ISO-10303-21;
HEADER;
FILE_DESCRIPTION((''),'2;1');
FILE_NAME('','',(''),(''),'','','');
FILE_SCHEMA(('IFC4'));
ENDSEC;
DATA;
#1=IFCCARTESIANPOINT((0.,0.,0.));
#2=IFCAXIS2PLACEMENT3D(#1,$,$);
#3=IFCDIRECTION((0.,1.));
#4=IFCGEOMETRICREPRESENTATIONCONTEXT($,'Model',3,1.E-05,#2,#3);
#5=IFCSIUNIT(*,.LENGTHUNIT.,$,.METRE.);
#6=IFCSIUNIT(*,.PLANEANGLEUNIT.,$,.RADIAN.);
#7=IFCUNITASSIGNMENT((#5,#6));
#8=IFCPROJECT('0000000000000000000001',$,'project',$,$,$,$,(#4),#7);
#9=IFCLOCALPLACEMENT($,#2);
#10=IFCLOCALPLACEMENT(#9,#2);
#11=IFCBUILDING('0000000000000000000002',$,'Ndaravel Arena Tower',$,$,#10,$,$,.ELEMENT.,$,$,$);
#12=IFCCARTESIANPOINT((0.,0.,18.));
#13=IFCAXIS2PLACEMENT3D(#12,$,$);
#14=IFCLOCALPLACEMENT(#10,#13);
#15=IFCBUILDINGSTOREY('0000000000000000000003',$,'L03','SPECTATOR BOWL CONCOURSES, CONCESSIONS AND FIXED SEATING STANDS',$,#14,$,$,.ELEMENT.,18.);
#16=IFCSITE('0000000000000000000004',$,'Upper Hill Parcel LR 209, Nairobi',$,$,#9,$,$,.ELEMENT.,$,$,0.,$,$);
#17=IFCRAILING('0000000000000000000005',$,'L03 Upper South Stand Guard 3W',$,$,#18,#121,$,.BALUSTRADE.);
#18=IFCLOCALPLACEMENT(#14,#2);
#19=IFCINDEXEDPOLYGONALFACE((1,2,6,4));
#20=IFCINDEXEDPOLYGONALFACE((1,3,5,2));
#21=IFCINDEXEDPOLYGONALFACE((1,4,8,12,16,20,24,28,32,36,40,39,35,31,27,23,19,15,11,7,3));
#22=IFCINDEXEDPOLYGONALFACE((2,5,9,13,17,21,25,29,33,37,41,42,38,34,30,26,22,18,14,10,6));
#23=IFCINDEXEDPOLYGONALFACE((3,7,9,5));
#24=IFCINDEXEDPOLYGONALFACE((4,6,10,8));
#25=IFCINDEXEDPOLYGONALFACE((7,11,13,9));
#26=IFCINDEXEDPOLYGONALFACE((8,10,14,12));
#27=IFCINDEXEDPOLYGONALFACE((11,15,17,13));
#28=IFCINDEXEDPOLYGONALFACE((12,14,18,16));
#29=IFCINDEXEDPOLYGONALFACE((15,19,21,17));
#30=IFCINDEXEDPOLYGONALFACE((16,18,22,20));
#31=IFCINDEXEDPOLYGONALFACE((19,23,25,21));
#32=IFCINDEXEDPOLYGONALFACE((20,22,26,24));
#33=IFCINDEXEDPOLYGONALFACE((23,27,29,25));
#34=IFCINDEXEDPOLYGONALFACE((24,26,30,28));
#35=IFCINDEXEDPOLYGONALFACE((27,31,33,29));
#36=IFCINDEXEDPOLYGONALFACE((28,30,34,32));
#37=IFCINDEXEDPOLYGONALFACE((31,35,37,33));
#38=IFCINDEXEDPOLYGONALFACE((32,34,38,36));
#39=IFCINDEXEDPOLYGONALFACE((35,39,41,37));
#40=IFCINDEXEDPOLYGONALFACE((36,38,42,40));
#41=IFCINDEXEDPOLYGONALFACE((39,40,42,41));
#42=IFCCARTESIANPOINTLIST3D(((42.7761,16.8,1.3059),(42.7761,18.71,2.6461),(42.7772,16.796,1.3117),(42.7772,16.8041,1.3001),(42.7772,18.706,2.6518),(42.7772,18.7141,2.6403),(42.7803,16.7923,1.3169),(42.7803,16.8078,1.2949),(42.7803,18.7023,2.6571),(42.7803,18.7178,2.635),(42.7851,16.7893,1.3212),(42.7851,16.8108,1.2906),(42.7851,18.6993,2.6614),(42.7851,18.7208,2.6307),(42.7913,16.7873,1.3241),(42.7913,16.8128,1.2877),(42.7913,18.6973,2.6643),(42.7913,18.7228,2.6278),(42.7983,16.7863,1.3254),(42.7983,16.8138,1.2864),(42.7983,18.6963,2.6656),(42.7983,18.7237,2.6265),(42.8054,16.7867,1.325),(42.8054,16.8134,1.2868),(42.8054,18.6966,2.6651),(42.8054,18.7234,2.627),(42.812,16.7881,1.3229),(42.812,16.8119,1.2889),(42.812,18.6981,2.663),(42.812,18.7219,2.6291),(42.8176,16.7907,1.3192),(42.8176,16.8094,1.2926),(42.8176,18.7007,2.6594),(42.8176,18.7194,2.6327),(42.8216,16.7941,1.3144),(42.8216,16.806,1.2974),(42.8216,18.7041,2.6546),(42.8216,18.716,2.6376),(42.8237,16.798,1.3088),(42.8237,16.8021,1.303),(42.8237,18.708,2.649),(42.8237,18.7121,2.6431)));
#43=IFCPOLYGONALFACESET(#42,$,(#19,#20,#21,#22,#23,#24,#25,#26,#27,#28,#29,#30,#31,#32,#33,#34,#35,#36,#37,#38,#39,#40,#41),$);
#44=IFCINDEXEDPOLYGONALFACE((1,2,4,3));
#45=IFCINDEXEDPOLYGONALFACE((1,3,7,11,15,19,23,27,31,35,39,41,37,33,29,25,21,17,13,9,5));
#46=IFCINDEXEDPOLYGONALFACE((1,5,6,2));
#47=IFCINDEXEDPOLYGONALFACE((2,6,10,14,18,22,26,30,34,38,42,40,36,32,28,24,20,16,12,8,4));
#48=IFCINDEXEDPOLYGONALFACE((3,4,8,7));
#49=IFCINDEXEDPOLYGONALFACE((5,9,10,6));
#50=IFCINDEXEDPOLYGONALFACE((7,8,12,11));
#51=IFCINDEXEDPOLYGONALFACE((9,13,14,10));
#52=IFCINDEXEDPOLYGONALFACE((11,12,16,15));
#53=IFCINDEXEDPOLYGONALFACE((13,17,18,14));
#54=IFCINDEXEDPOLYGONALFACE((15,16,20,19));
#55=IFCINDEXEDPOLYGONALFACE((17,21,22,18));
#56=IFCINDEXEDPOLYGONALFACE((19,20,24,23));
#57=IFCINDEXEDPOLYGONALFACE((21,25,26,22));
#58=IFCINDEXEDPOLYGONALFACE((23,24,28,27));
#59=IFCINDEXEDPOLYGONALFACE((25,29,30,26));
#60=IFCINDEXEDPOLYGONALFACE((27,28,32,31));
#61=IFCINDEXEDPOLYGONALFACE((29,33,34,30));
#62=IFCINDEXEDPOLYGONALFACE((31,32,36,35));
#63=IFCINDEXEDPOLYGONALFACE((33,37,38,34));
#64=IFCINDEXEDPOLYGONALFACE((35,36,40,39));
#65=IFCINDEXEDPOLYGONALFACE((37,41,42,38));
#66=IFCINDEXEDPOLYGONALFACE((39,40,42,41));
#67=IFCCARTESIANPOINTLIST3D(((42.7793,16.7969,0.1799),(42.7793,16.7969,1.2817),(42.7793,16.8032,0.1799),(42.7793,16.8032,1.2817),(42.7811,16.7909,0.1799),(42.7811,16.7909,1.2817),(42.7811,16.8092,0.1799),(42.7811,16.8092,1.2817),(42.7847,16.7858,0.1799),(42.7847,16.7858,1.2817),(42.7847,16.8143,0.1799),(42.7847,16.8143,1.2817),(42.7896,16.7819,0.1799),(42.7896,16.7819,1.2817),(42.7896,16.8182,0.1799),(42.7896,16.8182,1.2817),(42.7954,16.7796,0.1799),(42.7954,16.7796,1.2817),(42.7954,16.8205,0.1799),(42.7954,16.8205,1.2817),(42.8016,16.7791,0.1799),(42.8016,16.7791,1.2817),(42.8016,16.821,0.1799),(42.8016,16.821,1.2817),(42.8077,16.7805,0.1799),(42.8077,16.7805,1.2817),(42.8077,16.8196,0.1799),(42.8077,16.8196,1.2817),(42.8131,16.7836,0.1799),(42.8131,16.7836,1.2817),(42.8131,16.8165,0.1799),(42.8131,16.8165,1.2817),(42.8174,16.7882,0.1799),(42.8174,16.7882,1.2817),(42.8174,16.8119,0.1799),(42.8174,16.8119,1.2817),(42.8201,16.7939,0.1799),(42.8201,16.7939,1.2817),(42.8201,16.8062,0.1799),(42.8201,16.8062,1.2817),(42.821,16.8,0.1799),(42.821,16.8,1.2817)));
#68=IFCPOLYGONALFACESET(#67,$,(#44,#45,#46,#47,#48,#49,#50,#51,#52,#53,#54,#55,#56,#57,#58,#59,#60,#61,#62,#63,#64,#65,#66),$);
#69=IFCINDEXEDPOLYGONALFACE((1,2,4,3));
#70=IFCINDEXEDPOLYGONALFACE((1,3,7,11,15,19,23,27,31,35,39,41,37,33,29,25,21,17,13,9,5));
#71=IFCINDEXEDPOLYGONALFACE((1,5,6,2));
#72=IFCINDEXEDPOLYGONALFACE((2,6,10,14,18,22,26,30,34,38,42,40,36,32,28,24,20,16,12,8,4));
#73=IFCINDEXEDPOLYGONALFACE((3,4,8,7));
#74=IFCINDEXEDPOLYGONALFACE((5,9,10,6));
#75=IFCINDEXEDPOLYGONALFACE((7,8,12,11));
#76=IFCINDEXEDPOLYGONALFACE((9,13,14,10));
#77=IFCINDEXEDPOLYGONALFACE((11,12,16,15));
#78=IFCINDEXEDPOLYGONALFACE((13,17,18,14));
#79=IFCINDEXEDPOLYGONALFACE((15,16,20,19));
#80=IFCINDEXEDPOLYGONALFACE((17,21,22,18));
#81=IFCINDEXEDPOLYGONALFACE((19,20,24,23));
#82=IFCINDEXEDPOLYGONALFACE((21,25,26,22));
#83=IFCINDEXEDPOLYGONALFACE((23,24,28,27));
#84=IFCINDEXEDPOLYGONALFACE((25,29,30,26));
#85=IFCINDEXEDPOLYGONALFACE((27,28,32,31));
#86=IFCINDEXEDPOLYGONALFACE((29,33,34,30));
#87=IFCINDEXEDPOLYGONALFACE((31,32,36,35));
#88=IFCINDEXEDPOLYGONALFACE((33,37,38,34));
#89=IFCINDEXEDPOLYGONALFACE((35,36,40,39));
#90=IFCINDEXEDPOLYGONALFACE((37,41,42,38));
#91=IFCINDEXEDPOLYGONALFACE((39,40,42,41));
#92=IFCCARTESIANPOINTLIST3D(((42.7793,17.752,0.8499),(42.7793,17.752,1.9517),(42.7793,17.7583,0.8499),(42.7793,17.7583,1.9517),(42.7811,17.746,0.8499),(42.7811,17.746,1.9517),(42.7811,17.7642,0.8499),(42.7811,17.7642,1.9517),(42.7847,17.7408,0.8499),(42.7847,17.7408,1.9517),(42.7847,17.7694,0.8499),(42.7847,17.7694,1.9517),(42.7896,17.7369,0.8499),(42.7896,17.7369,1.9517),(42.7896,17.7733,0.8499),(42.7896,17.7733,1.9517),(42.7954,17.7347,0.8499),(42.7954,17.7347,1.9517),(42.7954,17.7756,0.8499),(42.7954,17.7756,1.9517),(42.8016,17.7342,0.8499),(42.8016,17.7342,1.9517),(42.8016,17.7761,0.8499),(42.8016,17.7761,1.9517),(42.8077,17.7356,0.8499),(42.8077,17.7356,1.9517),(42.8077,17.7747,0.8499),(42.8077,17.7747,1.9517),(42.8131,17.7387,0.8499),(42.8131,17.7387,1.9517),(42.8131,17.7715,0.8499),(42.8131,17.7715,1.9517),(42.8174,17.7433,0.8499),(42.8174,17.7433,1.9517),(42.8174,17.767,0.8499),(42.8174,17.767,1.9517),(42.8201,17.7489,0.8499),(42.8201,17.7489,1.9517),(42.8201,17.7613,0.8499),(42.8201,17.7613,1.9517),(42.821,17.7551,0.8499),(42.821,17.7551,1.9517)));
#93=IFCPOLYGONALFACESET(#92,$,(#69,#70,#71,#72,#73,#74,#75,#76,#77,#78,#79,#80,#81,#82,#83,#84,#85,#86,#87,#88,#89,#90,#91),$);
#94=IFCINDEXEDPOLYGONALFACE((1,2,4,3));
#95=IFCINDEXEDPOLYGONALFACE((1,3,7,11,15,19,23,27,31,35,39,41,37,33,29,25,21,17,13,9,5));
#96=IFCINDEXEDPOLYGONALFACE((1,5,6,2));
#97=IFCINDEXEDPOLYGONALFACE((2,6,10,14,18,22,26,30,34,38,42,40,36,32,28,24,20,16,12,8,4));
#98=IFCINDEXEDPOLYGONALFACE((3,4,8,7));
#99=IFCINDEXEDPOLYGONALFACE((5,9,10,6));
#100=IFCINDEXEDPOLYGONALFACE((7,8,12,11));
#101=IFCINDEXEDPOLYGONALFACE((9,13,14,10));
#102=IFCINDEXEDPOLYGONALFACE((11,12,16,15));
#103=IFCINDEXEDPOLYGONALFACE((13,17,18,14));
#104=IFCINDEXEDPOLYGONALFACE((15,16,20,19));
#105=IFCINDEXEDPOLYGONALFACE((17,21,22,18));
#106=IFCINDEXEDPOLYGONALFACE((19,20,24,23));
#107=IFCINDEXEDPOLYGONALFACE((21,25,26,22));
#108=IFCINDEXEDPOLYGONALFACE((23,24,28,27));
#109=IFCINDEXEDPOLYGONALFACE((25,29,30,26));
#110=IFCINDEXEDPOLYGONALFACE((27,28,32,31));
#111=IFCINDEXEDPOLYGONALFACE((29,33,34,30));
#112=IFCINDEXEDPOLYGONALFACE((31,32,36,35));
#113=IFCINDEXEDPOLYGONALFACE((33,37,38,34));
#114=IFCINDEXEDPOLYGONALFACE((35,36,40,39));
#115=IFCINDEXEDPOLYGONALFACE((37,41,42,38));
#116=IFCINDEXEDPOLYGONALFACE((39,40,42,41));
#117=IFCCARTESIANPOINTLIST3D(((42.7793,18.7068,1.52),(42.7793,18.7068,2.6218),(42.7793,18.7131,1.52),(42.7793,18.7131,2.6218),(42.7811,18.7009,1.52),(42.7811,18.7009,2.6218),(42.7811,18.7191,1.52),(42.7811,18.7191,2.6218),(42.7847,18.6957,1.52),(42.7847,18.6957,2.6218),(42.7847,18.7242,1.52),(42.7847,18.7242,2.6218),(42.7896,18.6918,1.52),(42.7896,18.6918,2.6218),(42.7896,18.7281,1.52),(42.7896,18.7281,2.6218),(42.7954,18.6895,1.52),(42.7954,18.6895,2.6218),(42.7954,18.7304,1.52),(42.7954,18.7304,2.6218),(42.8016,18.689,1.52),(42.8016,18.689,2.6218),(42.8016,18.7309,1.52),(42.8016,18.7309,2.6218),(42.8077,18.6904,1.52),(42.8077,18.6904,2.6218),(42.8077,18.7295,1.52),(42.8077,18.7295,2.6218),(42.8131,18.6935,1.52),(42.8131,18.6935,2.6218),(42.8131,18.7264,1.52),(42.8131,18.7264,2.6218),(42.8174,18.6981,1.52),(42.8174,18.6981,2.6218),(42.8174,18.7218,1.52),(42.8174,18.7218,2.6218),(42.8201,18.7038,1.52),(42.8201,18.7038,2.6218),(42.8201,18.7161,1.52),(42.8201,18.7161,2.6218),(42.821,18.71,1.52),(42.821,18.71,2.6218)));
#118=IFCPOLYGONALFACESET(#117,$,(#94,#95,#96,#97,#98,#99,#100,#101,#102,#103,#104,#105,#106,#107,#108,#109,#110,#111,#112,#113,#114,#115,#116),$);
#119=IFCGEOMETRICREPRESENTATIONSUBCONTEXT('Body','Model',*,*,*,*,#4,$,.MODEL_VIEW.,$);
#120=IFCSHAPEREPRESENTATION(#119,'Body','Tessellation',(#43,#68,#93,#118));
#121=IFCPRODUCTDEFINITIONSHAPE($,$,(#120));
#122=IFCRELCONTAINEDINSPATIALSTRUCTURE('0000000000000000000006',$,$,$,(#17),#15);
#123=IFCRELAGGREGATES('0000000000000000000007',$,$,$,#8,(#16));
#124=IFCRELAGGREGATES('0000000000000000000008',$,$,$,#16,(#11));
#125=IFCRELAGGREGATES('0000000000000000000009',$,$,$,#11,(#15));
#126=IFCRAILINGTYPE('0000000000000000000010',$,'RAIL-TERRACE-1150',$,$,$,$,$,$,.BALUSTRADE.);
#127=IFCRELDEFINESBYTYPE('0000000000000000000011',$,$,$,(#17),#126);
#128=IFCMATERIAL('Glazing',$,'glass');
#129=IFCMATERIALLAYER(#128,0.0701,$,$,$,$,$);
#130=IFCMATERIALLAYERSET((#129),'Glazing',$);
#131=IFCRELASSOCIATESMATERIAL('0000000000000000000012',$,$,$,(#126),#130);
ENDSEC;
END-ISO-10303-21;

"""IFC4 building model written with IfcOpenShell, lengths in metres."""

from ifc_helpers import new_model, si_unit, direction, frame, origin, origin_2d, place, context, subcontext, project, spatial, circle, extrude, material, layer, layer_set, type_object, element, save


model = new_model("IFC4")

# Units and contexts
model_context = context("Model", 3, precision=1e-05, world=origin(), true_north=direction((0.0, 1.0)))
body_context = subcontext(model_context, "Body", "Model", "MODEL_VIEW")
ifc_project = project(units=[si_unit("LENGTHUNIT", "METRE"), si_unit("PLANEANGLEUNIT", "RADIAN")], contexts=[model_context])

# Site, building, storey
site_placement = place(None, origin())
site = spatial("IfcSite", under=ifc_project, at=site_placement, Name="Upper Hill Parcel LR 209, Nairobi", CompositionType="ELEMENT", RefElevation=0.0)
building_placement = place(site_placement, origin())
building = spatial("IfcBuilding", under=site, at=building_placement, Name="Ndaravel Arena Tower", CompositionType="ELEMENT")
storey_placement = place(building_placement, frame((0.0, 0.0, 18.0)))
storey = spatial("IfcBuildingStorey", under=building, at=storey_placement, Name="L03", Description="SPECTATOR BOWL CONCOURSES, CONCESSIONS AND FIXED SEATING STANDS", CompositionType="ELEMENT", Elevation=18.0)

# Railing
ifc_material_1 = material(Name="Glazing", Category="glass")
ifc_layer_1 = layer(ifc_material_1, 0.0701)
ifc_layer_set_1 = layer_set([ifc_layer_1], Name="Glazing")
railing_type = type_object("IfcRailingType", Name="RAIL-TERRACE-1150", PredefinedType="BALUSTRADE", material=ifc_layer_set_1)
railing_1_placement = place(storey_placement, frame((42.8, 16.8, 0.1799)))
element("IfcRailing", 1, at=railing_1_placement, inside=storey, type_object=railing_type, Name="L03 Upper South Stand Guard 3W", PredefinedType="BALUSTRADE", context=body_context, shape_type="SweptSolid", body=[
    extrude(circle(Radius=0.0239, at=origin_2d()), frame((0.0, 0.0, 1.126), z_axis=(0.0, 0.818597, 0.574368), x_axis=(-1.0, 0.0, 0.0)), (0.0, 0.0, 1.0), 2.3333),
    extrude(circle(Radius=0.021, at=origin_2d()), origin(), (0.0, 0.0, 1.0), 1.1018),
    extrude(circle(Radius=0.021, at=origin_2d()), frame((0.0, 0.9551, 0.6699)), (0.0, 0.0, 1.0), 1.1018),
    extrude(circle(Radius=0.021, at=origin_2d()), frame((0.0, 1.9099, 1.3401)), (0.0, 0.0, 1.0), 1.1018),
])

save(model, "model.ifc")
